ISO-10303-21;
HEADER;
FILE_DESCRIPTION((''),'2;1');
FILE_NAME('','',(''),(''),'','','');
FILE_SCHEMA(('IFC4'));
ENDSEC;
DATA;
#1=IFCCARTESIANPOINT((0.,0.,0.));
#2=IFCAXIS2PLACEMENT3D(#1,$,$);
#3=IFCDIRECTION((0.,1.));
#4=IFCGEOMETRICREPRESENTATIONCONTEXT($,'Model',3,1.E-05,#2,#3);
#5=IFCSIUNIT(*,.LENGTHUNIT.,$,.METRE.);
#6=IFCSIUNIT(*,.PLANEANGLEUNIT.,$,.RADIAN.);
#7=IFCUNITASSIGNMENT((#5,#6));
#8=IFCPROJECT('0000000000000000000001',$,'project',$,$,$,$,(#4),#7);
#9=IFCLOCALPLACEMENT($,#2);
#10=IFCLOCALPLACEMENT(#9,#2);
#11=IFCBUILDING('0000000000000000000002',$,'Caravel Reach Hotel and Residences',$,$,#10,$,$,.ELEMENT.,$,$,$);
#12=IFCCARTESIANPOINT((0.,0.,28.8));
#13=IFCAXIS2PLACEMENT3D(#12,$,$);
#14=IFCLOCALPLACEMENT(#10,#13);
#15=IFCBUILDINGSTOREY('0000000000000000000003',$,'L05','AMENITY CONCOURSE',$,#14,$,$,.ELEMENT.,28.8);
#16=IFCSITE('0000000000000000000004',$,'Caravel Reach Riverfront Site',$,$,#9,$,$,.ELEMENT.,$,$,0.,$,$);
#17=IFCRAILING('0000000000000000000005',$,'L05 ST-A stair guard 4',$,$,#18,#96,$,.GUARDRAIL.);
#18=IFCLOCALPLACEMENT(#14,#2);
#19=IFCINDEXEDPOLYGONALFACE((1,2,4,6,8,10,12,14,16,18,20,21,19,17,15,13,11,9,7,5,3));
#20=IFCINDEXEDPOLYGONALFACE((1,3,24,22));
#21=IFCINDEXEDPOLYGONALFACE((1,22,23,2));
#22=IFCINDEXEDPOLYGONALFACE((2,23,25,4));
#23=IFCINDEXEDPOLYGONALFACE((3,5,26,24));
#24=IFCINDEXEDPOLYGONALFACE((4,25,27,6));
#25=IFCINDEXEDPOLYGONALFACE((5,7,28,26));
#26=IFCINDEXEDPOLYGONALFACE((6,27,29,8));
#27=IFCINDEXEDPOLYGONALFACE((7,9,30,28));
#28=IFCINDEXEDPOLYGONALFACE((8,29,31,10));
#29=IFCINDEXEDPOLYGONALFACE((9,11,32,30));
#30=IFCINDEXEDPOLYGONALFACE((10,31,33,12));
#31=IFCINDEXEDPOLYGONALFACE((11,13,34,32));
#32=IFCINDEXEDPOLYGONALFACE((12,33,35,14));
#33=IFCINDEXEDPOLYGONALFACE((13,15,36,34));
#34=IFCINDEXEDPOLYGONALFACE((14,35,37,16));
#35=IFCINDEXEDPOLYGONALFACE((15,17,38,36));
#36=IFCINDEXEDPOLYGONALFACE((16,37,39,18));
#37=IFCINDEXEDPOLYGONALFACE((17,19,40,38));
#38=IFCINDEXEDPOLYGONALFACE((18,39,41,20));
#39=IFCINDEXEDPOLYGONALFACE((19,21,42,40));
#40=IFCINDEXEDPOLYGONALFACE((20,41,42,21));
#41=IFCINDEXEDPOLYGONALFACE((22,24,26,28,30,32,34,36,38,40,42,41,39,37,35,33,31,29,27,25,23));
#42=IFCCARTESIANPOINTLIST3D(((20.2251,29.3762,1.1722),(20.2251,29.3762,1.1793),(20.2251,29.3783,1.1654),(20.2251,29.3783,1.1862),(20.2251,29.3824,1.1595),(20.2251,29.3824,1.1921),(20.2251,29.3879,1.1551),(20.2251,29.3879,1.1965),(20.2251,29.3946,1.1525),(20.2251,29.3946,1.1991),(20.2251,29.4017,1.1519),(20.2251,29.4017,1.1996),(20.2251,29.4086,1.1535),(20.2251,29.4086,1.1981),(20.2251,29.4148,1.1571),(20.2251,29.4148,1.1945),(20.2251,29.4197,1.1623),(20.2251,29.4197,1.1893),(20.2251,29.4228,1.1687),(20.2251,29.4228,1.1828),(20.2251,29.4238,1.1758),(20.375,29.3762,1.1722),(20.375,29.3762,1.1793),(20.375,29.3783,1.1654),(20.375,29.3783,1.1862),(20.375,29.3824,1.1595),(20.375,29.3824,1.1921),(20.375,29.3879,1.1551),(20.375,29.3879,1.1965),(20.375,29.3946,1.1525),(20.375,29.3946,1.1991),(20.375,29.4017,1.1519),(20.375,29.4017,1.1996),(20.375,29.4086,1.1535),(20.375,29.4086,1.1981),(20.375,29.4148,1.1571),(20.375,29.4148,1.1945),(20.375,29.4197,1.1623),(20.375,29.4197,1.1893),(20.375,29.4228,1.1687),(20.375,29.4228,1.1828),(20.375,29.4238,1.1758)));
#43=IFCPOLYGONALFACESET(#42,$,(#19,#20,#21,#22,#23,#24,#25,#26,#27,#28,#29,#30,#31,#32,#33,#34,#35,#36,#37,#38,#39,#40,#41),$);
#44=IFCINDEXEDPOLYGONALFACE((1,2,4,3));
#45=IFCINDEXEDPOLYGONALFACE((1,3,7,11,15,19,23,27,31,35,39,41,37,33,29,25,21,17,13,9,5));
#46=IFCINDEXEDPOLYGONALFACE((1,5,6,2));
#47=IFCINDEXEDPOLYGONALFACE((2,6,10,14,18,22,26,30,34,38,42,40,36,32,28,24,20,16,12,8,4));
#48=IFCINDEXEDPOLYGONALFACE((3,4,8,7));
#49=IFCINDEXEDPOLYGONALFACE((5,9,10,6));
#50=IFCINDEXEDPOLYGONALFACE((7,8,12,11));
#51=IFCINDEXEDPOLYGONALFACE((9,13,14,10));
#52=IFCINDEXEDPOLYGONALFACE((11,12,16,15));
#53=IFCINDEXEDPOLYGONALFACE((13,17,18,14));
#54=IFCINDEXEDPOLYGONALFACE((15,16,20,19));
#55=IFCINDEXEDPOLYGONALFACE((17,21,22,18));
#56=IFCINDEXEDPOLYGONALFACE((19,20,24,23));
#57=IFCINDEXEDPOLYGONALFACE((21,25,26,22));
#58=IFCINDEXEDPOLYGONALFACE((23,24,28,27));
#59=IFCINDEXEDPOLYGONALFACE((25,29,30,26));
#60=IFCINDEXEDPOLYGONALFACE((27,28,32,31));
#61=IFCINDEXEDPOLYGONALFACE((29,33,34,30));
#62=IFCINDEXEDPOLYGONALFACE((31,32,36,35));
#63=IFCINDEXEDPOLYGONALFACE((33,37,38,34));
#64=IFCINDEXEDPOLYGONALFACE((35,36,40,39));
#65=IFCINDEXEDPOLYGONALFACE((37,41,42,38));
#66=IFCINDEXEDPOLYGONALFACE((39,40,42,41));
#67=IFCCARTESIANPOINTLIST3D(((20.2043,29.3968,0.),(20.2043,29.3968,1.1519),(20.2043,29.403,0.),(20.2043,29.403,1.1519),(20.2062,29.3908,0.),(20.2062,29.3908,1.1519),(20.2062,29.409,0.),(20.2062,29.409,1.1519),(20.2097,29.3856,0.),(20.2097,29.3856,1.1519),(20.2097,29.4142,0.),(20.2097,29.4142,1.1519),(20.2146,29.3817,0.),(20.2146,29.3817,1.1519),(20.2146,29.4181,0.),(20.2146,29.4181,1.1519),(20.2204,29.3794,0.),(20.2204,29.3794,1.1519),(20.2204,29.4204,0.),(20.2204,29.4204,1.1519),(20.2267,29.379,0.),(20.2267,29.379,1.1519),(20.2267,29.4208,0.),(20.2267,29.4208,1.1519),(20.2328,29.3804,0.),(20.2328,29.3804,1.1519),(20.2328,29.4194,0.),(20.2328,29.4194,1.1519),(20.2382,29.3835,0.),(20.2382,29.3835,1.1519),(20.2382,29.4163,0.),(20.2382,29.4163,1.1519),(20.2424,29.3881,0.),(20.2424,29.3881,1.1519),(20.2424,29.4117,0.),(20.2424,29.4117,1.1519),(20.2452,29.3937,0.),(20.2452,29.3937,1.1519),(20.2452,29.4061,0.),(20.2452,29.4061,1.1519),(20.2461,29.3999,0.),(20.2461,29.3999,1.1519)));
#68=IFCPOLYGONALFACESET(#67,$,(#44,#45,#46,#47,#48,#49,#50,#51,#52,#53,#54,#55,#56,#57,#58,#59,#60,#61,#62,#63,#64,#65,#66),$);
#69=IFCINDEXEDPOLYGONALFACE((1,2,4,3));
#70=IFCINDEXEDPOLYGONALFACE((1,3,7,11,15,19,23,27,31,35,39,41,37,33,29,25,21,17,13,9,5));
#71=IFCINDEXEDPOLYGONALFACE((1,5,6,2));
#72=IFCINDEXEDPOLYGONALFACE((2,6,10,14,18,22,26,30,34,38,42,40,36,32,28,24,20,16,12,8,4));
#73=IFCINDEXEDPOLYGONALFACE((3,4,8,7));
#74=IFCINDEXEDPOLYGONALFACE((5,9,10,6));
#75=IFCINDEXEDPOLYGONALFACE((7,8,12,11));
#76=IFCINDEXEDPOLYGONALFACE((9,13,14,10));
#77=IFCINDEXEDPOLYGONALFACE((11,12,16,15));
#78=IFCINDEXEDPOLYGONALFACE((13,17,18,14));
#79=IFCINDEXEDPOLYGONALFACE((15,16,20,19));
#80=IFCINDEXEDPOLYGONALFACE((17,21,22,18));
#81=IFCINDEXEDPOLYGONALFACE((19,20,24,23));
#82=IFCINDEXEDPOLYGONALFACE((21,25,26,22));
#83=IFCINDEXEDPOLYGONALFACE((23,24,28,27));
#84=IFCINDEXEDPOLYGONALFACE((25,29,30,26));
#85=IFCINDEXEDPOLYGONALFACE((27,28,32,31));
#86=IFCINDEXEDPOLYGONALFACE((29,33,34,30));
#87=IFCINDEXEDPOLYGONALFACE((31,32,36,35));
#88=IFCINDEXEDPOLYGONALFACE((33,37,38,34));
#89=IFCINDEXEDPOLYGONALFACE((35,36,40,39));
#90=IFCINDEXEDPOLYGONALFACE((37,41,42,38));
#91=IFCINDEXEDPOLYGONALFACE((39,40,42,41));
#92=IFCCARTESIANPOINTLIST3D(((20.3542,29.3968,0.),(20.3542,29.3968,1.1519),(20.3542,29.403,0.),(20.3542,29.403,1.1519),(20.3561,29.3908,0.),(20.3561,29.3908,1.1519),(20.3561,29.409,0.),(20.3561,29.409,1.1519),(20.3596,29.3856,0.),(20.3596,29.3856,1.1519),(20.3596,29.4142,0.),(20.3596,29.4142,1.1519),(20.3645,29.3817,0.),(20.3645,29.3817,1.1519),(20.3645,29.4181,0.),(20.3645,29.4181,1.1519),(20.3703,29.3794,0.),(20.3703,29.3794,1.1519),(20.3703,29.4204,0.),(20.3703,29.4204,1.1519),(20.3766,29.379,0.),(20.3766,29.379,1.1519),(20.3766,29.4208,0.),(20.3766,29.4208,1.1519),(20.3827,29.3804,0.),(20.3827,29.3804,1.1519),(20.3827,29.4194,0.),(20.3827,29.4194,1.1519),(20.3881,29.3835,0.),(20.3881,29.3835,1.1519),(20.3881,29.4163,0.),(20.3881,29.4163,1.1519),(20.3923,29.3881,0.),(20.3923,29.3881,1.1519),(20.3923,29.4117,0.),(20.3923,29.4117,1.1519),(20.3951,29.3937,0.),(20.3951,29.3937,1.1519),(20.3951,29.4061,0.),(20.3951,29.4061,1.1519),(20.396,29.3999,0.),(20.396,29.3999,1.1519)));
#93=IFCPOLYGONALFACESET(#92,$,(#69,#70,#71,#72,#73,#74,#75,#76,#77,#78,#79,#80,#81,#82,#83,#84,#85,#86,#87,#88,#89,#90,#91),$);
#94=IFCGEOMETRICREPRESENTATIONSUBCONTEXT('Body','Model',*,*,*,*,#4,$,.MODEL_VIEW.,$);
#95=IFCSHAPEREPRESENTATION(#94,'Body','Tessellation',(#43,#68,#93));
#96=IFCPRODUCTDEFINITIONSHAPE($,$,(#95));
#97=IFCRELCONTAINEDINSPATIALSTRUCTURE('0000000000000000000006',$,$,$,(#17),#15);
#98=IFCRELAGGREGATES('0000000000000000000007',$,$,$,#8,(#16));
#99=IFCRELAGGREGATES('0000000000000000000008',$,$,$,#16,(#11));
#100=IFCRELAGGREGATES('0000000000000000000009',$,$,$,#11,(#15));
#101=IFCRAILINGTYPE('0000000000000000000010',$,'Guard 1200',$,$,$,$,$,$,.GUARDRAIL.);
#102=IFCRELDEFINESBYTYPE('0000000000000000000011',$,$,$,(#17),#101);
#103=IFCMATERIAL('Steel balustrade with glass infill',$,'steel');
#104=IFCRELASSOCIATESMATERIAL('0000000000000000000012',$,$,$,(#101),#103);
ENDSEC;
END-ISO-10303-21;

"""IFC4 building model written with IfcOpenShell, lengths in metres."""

from ifc_helpers import new_model, si_unit, direction, frame, origin, origin_2d, place, context, subcontext, project, spatial, circle, extrude, material, type_object, element, save


model = new_model("IFC4")

# Units and contexts
model_context = context("Model", 3, precision=1e-05, world=origin(), true_north=direction((0.0, 1.0)))
body_context = subcontext(model_context, "Body", "Model", "MODEL_VIEW")
ifc_project = project(units=[si_unit("LENGTHUNIT", "METRE"), si_unit("PLANEANGLEUNIT", "RADIAN")], contexts=[model_context])

# Site, building, storey
site_placement = place(None, origin())
site = spatial("IfcSite", under=ifc_project, at=site_placement, Name="Caravel Reach Riverfront Site", CompositionType="ELEMENT", RefElevation=0.0)
building_placement = place(site_placement, origin())
building = spatial("IfcBuilding", under=site, at=building_placement, Name="Caravel Reach Hotel and Residences", CompositionType="ELEMENT")
storey_placement = place(building_placement, frame((0.0, 0.0, 28.8)))
storey = spatial("IfcBuildingStorey", under=building, at=storey_placement, Name="L05", Description="AMENITY CONCOURSE", CompositionType="ELEMENT", Elevation=28.8)

# Railing
ifc_material_1 = material(Name="Steel balustrade with glass infill", Category="steel")
railing_type_1 = type_object("IfcRailingType", Name="Guard 1200", PredefinedType="GUARDRAIL", material=ifc_material_1)
railing_1_placement = place(storey_placement, frame((20.2251, 29.3999, 0.0)))
element("IfcRailing", 1, at=railing_1_placement, inside=storey, type_object=railing_type_1, Name="L05 ST-A stair guard 4", PredefinedType="GUARDRAIL", context=body_context, shape_type="SweptSolid", body=[
    extrude(circle(Radius=0.0239, at=origin_2d()), frame((0.0, 0.0, 1.1758), z_axis=(1.0, 0.0, 0.0), x_axis=(0.0, 1.0, 0.0)), (0.0, 0.0, 1.0), 0.1499),
    extrude(circle(Radius=0.021, at=origin_2d()), origin(), (0.0, 0.0, 1.0), 1.1519),
    extrude(circle(Radius=0.021, at=origin_2d()), frame((0.1499, 0.0, 0.0)), (0.0, 0.0, 1.0), 1.1519),
])

save(model, "model.ifc")
